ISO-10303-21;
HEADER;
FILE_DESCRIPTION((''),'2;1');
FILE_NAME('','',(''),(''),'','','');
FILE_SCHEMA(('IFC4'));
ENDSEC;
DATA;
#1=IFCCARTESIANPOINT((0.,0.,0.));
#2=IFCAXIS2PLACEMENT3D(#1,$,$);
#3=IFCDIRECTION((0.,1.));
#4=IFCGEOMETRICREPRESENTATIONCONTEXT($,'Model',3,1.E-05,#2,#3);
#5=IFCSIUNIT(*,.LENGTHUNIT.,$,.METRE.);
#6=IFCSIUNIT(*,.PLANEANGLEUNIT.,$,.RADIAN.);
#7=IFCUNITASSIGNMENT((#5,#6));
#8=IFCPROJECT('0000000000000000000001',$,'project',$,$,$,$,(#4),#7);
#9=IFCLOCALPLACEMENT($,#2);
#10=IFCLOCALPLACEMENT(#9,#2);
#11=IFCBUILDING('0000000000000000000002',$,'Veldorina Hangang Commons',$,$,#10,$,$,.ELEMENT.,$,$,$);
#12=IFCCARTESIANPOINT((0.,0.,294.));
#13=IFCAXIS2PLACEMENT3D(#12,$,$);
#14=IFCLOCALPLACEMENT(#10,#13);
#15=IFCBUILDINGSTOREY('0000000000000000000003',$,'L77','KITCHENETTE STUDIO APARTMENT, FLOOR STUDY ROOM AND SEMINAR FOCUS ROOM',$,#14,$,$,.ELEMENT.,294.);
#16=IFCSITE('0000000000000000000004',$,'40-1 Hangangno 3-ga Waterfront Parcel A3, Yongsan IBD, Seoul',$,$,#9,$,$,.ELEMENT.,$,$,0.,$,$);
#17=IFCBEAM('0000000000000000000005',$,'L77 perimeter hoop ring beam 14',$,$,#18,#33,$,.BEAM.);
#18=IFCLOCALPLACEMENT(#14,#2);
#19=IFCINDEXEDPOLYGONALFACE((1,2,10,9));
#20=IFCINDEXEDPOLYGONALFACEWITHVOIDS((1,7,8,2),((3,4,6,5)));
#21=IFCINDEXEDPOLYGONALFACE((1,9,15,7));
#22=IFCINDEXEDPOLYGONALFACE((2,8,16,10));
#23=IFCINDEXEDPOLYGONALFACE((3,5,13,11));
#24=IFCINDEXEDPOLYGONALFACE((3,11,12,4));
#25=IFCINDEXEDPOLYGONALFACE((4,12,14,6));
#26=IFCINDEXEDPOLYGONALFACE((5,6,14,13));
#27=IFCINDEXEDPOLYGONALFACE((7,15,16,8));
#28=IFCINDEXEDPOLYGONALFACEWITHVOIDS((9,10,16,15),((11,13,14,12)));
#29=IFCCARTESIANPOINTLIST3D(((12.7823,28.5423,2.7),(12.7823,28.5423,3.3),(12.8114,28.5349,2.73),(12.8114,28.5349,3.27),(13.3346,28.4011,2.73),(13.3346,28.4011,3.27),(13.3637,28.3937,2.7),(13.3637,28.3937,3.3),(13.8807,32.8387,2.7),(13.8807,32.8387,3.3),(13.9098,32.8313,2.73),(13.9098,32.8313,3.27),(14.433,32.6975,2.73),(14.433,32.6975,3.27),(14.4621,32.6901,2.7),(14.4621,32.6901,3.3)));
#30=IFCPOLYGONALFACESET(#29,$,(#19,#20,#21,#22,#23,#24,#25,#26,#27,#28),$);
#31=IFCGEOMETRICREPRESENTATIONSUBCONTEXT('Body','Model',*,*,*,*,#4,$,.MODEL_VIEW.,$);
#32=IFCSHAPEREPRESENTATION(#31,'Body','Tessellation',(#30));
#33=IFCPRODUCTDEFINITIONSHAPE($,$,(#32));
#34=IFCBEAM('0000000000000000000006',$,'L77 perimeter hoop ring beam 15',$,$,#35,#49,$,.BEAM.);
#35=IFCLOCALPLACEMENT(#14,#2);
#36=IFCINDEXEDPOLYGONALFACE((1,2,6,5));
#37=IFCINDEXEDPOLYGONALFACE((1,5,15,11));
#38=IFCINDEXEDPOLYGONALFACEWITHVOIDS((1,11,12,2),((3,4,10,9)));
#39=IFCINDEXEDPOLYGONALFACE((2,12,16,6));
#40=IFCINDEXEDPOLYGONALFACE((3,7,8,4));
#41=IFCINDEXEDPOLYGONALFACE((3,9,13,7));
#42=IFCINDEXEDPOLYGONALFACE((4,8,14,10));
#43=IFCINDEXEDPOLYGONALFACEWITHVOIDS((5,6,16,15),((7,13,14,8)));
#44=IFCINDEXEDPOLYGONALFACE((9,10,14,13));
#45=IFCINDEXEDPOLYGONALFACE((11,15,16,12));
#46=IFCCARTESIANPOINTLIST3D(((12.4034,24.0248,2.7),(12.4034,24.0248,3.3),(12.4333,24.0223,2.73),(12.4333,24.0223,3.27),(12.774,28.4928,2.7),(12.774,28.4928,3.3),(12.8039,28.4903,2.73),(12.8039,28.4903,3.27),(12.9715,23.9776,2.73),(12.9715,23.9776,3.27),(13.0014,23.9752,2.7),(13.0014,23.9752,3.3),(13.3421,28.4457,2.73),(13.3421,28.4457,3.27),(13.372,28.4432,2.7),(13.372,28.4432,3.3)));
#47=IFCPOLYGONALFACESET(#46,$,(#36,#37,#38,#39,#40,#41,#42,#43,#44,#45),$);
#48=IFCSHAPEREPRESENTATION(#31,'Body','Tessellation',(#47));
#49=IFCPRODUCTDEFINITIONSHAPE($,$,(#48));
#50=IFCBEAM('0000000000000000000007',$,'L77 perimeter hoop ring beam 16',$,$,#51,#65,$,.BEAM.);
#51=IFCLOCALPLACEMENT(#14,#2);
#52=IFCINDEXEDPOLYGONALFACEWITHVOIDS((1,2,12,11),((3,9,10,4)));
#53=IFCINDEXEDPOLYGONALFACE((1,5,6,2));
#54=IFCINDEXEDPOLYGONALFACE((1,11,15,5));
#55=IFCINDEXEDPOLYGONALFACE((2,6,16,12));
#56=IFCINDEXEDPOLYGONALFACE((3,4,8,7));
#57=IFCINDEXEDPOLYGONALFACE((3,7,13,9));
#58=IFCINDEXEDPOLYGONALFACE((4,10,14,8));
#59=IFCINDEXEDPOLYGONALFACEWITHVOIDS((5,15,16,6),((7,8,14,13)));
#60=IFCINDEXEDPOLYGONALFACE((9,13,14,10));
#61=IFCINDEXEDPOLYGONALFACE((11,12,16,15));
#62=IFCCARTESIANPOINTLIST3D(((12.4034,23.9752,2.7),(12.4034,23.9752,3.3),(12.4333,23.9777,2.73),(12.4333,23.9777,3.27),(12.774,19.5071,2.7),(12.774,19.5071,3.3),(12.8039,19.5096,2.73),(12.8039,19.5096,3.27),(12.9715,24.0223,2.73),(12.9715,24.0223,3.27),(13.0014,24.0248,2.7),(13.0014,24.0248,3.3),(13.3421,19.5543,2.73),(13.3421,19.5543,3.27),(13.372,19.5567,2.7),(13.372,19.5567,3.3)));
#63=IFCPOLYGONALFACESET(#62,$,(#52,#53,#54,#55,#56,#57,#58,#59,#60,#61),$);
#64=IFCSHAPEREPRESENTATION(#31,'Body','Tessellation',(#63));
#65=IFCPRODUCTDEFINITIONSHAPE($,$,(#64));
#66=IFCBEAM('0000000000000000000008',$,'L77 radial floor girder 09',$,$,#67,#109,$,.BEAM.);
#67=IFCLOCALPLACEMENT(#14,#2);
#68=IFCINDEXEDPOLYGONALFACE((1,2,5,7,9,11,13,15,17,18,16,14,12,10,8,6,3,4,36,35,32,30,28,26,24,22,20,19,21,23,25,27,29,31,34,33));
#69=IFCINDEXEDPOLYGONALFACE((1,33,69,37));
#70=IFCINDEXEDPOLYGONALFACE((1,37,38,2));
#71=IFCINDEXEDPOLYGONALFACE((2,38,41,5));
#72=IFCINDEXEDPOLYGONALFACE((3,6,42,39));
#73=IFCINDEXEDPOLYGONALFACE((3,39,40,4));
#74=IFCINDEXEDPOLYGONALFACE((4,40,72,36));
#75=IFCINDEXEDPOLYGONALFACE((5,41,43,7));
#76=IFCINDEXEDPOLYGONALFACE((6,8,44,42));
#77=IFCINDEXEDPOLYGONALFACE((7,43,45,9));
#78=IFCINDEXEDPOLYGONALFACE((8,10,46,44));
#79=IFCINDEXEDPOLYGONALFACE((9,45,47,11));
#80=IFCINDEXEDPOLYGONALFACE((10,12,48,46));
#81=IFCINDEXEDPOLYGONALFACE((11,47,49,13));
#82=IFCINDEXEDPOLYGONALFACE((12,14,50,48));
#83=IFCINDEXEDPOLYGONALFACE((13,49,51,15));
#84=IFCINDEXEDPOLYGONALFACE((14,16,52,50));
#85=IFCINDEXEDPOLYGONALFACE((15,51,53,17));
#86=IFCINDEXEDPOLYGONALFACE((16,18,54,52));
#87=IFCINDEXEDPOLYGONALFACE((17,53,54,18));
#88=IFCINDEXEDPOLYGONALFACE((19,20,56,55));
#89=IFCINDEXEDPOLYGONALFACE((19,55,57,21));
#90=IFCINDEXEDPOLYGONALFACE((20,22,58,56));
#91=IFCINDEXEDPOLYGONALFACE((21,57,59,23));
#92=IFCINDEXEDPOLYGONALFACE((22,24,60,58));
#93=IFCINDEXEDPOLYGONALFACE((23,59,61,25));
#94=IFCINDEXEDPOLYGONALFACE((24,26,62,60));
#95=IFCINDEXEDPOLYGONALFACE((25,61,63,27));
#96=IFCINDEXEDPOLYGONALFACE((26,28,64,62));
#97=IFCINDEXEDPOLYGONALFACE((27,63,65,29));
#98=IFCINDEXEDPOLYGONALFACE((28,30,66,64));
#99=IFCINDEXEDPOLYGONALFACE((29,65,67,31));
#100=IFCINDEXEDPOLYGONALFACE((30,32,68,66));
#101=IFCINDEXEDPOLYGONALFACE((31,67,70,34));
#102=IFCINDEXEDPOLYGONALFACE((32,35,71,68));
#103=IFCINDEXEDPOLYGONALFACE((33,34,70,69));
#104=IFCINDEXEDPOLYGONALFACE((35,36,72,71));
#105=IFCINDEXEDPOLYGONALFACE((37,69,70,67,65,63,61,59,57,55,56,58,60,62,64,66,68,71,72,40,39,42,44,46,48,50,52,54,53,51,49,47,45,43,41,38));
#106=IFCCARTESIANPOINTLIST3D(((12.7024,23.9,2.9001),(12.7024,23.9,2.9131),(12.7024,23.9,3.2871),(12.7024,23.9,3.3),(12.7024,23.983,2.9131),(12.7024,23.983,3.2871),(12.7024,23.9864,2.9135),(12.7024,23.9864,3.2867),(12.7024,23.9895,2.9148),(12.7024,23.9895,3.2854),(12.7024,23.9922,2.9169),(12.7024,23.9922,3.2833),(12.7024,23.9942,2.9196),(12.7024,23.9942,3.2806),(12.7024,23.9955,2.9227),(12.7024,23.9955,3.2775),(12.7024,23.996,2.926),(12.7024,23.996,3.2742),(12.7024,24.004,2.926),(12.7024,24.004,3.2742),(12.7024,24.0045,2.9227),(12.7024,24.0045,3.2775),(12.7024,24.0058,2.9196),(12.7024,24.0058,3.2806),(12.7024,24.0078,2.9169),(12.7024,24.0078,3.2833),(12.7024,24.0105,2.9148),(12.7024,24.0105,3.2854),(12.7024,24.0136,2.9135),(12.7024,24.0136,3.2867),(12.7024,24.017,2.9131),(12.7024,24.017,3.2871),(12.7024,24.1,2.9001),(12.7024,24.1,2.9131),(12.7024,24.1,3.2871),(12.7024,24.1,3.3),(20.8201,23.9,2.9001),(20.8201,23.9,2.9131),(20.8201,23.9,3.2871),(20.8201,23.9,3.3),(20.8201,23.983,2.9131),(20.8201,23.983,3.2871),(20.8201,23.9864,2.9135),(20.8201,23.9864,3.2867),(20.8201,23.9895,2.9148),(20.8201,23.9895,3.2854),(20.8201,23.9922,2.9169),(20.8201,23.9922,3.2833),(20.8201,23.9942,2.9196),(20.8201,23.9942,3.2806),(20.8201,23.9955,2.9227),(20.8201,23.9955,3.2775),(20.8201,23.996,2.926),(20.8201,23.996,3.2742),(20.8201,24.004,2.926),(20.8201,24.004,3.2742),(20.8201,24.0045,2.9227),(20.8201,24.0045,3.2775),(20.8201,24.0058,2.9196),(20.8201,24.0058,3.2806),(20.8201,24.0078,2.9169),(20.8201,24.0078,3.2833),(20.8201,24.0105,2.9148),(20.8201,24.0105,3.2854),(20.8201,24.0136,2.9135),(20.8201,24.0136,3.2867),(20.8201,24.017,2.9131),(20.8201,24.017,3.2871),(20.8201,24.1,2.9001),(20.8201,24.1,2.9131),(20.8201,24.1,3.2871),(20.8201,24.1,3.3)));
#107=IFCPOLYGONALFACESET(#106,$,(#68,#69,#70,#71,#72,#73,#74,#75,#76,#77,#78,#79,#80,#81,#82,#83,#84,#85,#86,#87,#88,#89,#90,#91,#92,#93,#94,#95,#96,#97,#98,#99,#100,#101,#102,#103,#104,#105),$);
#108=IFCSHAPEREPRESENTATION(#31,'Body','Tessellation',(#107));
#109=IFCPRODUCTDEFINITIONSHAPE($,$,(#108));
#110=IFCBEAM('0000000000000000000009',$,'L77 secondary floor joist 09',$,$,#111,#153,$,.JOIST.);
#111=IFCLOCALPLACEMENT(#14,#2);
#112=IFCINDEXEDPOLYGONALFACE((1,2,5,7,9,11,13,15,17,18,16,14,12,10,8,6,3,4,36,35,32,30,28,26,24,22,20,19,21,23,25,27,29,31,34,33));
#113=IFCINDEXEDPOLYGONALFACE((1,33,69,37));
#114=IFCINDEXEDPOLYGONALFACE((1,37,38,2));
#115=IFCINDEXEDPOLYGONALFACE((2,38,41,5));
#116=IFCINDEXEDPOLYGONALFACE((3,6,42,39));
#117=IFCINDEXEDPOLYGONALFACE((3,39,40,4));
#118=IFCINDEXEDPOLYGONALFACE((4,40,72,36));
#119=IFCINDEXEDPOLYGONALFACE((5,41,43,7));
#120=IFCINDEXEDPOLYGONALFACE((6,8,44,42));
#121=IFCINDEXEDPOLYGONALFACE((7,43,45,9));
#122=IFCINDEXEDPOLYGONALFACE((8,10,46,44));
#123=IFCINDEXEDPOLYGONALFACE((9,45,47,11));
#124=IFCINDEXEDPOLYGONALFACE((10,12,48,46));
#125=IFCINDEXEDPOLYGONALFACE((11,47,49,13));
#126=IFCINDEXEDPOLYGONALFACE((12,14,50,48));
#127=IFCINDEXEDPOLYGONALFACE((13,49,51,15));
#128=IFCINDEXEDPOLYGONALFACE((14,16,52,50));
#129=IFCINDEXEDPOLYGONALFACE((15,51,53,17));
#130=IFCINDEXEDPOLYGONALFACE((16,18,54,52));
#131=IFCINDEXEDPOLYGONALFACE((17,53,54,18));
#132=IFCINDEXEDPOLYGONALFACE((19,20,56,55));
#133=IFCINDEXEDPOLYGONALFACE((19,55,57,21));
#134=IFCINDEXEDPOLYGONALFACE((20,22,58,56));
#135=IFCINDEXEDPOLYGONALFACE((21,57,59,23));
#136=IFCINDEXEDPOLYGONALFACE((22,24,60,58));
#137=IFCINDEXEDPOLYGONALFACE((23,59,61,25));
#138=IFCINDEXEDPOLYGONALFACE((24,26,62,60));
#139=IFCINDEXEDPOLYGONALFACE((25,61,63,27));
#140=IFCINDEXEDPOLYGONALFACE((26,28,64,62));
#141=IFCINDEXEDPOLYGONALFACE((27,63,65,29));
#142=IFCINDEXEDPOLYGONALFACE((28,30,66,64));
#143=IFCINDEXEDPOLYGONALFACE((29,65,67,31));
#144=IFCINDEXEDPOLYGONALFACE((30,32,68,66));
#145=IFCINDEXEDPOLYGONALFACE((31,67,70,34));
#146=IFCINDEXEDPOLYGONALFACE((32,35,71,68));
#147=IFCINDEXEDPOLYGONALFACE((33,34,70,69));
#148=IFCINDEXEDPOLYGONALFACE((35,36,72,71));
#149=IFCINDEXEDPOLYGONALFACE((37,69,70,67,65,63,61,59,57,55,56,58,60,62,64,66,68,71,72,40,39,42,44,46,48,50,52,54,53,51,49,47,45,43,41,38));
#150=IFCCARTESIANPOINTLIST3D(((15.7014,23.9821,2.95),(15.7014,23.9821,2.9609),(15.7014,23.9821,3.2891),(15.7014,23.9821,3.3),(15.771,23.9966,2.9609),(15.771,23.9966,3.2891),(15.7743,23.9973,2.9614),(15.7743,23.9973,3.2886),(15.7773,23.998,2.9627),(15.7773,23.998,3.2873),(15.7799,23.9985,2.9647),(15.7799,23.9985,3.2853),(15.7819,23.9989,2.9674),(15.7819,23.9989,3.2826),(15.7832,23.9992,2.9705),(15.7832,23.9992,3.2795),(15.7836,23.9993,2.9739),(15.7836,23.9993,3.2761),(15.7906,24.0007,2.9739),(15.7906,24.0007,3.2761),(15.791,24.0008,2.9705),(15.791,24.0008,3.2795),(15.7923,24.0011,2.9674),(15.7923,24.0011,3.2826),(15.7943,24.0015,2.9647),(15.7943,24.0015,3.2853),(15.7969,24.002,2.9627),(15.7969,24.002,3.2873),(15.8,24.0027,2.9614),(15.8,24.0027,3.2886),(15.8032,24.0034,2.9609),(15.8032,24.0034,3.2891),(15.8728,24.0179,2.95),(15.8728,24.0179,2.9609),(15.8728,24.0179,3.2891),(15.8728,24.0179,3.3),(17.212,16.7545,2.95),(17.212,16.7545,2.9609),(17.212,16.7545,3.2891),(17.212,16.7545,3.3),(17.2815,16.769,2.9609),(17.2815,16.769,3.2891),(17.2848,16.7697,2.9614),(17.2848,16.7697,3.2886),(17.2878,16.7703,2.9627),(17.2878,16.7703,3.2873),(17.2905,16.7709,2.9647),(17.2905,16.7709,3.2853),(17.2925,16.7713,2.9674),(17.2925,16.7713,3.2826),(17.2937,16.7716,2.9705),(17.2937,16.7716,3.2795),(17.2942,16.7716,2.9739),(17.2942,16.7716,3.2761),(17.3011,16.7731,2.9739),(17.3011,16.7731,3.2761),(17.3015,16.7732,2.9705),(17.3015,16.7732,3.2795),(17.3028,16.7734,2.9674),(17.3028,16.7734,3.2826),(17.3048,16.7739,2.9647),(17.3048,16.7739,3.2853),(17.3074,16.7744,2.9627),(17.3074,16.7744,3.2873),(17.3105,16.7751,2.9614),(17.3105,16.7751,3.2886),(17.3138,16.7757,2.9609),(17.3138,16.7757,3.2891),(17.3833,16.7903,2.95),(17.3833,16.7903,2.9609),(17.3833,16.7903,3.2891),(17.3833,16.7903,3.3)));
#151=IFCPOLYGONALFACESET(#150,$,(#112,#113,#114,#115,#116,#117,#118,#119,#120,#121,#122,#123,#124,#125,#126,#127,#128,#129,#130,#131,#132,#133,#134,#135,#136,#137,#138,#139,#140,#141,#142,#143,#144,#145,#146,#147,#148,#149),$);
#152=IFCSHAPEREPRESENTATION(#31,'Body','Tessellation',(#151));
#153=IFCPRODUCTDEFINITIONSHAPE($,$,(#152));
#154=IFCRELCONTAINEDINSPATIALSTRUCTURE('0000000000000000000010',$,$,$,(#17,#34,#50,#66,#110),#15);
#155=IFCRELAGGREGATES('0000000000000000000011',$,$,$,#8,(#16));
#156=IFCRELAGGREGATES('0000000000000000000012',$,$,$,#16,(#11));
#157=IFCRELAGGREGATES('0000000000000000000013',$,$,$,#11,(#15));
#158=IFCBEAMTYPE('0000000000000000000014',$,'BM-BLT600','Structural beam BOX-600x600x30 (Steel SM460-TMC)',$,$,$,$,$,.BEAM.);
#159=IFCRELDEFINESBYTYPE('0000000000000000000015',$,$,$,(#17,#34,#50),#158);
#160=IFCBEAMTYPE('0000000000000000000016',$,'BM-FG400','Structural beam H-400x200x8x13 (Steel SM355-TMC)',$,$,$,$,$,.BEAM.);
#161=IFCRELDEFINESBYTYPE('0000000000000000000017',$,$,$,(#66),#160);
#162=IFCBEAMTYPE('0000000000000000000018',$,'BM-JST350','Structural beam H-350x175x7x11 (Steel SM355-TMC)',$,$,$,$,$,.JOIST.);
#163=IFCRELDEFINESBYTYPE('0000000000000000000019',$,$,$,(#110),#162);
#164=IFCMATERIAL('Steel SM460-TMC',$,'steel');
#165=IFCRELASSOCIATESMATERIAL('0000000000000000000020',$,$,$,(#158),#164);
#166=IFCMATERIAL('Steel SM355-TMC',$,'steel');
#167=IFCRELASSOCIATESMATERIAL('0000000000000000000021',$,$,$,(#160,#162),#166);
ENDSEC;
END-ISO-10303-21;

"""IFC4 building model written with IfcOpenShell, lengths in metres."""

from ifc_helpers import new_model, si_unit, direction, frame, origin, origin_2d, place, context, subcontext, project, spatial, hollow_rectangle, i_section, extrude, material, material_profile, profile_set, type_object, element, save


model = new_model("IFC4")

# Units and contexts
model_context = context("Model", 3, precision=1e-05, world=origin(), true_north=direction((0.0, 1.0)))
body_context = subcontext(model_context, "Body", "Model", "MODEL_VIEW")
ifc_project = project(units=[si_unit("LENGTHUNIT", "METRE"), si_unit("PLANEANGLEUNIT", "RADIAN")], contexts=[model_context])

# Site, building, storey
site_placement = place(None, origin())
site = spatial("IfcSite", under=ifc_project, at=site_placement, Name="40-1 Hangangno 3-ga Waterfront Parcel A3, Yongsan IBD, Seoul", CompositionType="ELEMENT", RefElevation=0.0)
building_placement = place(site_placement, origin())
building = spatial("IfcBuilding", under=site, at=building_placement, Name="Veldorina Hangang Commons", CompositionType="ELEMENT")
storey_placement = place(building_placement, frame((0.0, 0.0, 294.0)))
storey = spatial("IfcBuildingStorey", under=building, at=storey_placement, Name="L77", Description="KITCHENETTE STUDIO APARTMENT, FLOOR STUDY ROOM AND SEMINAR FOCUS ROOM", CompositionType="ELEMENT", Elevation=294.0)

# Beams
ifc_material_1 = material(Name="Steel SM460-TMC", Category="steel")
ifc_material_profile_1 = material_profile(ifc_material_1, hollow_rectangle(XDim=0.6001, YDim=0.6001, WallThickness=0.03, at=origin_2d()), Name="BOX-600x600x30")
ifc_profile_set_1 = profile_set([ifc_material_profile_1], Name="Steel SM460-TMC")
beam_type_1 = type_object("IfcBeamType", Name="BM-BLT600", Description="Structural beam BOX-600x600x30 (Steel SM460-TMC)", PredefinedType="BEAM", material=ifc_profile_set_1)
beam_1_placement = place(storey_placement, frame((14.1714, 32.7644, 3.0), z_axis=(-0.247688, -0.96884, 0.0), x_axis=(0.96884, -0.247688, 0.0)))
element("IfcBeam", 1, at=beam_1_placement, inside=storey, type_object=beam_type_1, Name="L77 perimeter hoop ring beam 14", PredefinedType="BEAM", context=body_context, shape_type="SweptSolid", body=[
    extrude(hollow_rectangle(XDim=0.6001, YDim=0.6001, WallThickness=0.03, at=origin_2d()), origin(), (0.0, 0.0, 1.0), 4.4346),
])
for number, where, z_axis, x_axis, name in (
    (2, (13.073, 28.468, 3.0), (-0.082662, -0.996578, 0.0), (0.996578, -0.082662, 0.0), "L77 perimeter hoop ring beam 15"),
    (3, (12.7024, 24.0, 3.0), (0.082662, -0.996578, 0.0), (0.996578, 0.082662, 0.0), "L77 perimeter hoop ring beam 16"),
):
    element("IfcBeam", number, at=place(storey_placement, frame(where, z_axis=z_axis, x_axis=x_axis)), inside=storey, type_object=beam_type_1, Name=name, PredefinedType="BEAM", context=body_context, shape_type="SweptSolid", body=[
        extrude(hollow_rectangle(XDim=0.6001, YDim=0.6001, WallThickness=0.03, at=origin_2d()), origin(), (0.0, 0.0, 1.0), 4.4834),
    ])
ifc_material_2 = material(Name="Steel SM355-TMC", Category="steel")
ifc_material_profile_2 = material_profile(ifc_material_2, i_section(OverallWidth=0.2, OverallDepth=0.3999, WebThickness=0.0081, FlangeThickness=0.0129, FilletRadius=0.0129, at=origin_2d()), Name="H-400x200x8x13")
ifc_profile_set_2 = profile_set([ifc_material_profile_2], Name="Steel SM355-TMC")
beam_type_2 = type_object("IfcBeamType", Name="BM-FG400", Description="Structural beam H-400x200x8x13 (Steel SM355-TMC)", PredefinedType="BEAM", material=ifc_profile_set_2)
beam_2_placement = place(storey_placement, frame((20.8201, 24.0, 3.1001), z_axis=(-1.0, 0.0, 0.0), x_axis=(0.0, -1.0, 0.0)))
element("IfcBeam", 4, at=beam_2_placement, inside=storey, type_object=beam_type_2, Name="L77 radial floor girder 09", PredefinedType="BEAM", context=body_context, shape_type="SweptSolid", body=[
    extrude(i_section(OverallWidth=0.2, OverallDepth=0.3999, WebThickness=0.0081, FlangeThickness=0.0129, FilletRadius=0.0129, at=origin_2d()), origin(), (0.0, 0.0, 1.0), 8.1177),
])
ifc_material_profile_3 = material_profile(ifc_material_2, i_section(OverallWidth=0.175, OverallDepth=0.3501, WebThickness=0.0071, FlangeThickness=0.011, FilletRadius=0.0129, at=origin_2d()), Name="H-350x175x7x11")
ifc_profile_set_3 = profile_set([ifc_material_profile_3], Name="Steel SM355-TMC")
beam_type_3 = type_object("IfcBeamType", Name="BM-JST350", Description="Structural beam H-350x175x7x11 (Steel SM355-TMC)", PredefinedType="JOIST", material=ifc_profile_set_3)
beam_3_placement = place(storey_placement, frame((15.7871, 24.0, 3.125), z_axis=(0.204572, -0.978851, 0.0), x_axis=(0.978851, 0.204572, 0.0)))
element("IfcBeam", 5, at=beam_3_placement, inside=storey, type_object=beam_type_3, Name="L77 secondary floor joist 09", PredefinedType="JOIST", context=body_context, shape_type="SweptSolid", body=[
    extrude(i_section(OverallWidth=0.175, OverallDepth=0.3501, WebThickness=0.0071, FlangeThickness=0.011, FilletRadius=0.0129, at=origin_2d()), origin(), (0.0, 0.0, 1.0), 7.3838),
])

save(model, "model.ifc")
